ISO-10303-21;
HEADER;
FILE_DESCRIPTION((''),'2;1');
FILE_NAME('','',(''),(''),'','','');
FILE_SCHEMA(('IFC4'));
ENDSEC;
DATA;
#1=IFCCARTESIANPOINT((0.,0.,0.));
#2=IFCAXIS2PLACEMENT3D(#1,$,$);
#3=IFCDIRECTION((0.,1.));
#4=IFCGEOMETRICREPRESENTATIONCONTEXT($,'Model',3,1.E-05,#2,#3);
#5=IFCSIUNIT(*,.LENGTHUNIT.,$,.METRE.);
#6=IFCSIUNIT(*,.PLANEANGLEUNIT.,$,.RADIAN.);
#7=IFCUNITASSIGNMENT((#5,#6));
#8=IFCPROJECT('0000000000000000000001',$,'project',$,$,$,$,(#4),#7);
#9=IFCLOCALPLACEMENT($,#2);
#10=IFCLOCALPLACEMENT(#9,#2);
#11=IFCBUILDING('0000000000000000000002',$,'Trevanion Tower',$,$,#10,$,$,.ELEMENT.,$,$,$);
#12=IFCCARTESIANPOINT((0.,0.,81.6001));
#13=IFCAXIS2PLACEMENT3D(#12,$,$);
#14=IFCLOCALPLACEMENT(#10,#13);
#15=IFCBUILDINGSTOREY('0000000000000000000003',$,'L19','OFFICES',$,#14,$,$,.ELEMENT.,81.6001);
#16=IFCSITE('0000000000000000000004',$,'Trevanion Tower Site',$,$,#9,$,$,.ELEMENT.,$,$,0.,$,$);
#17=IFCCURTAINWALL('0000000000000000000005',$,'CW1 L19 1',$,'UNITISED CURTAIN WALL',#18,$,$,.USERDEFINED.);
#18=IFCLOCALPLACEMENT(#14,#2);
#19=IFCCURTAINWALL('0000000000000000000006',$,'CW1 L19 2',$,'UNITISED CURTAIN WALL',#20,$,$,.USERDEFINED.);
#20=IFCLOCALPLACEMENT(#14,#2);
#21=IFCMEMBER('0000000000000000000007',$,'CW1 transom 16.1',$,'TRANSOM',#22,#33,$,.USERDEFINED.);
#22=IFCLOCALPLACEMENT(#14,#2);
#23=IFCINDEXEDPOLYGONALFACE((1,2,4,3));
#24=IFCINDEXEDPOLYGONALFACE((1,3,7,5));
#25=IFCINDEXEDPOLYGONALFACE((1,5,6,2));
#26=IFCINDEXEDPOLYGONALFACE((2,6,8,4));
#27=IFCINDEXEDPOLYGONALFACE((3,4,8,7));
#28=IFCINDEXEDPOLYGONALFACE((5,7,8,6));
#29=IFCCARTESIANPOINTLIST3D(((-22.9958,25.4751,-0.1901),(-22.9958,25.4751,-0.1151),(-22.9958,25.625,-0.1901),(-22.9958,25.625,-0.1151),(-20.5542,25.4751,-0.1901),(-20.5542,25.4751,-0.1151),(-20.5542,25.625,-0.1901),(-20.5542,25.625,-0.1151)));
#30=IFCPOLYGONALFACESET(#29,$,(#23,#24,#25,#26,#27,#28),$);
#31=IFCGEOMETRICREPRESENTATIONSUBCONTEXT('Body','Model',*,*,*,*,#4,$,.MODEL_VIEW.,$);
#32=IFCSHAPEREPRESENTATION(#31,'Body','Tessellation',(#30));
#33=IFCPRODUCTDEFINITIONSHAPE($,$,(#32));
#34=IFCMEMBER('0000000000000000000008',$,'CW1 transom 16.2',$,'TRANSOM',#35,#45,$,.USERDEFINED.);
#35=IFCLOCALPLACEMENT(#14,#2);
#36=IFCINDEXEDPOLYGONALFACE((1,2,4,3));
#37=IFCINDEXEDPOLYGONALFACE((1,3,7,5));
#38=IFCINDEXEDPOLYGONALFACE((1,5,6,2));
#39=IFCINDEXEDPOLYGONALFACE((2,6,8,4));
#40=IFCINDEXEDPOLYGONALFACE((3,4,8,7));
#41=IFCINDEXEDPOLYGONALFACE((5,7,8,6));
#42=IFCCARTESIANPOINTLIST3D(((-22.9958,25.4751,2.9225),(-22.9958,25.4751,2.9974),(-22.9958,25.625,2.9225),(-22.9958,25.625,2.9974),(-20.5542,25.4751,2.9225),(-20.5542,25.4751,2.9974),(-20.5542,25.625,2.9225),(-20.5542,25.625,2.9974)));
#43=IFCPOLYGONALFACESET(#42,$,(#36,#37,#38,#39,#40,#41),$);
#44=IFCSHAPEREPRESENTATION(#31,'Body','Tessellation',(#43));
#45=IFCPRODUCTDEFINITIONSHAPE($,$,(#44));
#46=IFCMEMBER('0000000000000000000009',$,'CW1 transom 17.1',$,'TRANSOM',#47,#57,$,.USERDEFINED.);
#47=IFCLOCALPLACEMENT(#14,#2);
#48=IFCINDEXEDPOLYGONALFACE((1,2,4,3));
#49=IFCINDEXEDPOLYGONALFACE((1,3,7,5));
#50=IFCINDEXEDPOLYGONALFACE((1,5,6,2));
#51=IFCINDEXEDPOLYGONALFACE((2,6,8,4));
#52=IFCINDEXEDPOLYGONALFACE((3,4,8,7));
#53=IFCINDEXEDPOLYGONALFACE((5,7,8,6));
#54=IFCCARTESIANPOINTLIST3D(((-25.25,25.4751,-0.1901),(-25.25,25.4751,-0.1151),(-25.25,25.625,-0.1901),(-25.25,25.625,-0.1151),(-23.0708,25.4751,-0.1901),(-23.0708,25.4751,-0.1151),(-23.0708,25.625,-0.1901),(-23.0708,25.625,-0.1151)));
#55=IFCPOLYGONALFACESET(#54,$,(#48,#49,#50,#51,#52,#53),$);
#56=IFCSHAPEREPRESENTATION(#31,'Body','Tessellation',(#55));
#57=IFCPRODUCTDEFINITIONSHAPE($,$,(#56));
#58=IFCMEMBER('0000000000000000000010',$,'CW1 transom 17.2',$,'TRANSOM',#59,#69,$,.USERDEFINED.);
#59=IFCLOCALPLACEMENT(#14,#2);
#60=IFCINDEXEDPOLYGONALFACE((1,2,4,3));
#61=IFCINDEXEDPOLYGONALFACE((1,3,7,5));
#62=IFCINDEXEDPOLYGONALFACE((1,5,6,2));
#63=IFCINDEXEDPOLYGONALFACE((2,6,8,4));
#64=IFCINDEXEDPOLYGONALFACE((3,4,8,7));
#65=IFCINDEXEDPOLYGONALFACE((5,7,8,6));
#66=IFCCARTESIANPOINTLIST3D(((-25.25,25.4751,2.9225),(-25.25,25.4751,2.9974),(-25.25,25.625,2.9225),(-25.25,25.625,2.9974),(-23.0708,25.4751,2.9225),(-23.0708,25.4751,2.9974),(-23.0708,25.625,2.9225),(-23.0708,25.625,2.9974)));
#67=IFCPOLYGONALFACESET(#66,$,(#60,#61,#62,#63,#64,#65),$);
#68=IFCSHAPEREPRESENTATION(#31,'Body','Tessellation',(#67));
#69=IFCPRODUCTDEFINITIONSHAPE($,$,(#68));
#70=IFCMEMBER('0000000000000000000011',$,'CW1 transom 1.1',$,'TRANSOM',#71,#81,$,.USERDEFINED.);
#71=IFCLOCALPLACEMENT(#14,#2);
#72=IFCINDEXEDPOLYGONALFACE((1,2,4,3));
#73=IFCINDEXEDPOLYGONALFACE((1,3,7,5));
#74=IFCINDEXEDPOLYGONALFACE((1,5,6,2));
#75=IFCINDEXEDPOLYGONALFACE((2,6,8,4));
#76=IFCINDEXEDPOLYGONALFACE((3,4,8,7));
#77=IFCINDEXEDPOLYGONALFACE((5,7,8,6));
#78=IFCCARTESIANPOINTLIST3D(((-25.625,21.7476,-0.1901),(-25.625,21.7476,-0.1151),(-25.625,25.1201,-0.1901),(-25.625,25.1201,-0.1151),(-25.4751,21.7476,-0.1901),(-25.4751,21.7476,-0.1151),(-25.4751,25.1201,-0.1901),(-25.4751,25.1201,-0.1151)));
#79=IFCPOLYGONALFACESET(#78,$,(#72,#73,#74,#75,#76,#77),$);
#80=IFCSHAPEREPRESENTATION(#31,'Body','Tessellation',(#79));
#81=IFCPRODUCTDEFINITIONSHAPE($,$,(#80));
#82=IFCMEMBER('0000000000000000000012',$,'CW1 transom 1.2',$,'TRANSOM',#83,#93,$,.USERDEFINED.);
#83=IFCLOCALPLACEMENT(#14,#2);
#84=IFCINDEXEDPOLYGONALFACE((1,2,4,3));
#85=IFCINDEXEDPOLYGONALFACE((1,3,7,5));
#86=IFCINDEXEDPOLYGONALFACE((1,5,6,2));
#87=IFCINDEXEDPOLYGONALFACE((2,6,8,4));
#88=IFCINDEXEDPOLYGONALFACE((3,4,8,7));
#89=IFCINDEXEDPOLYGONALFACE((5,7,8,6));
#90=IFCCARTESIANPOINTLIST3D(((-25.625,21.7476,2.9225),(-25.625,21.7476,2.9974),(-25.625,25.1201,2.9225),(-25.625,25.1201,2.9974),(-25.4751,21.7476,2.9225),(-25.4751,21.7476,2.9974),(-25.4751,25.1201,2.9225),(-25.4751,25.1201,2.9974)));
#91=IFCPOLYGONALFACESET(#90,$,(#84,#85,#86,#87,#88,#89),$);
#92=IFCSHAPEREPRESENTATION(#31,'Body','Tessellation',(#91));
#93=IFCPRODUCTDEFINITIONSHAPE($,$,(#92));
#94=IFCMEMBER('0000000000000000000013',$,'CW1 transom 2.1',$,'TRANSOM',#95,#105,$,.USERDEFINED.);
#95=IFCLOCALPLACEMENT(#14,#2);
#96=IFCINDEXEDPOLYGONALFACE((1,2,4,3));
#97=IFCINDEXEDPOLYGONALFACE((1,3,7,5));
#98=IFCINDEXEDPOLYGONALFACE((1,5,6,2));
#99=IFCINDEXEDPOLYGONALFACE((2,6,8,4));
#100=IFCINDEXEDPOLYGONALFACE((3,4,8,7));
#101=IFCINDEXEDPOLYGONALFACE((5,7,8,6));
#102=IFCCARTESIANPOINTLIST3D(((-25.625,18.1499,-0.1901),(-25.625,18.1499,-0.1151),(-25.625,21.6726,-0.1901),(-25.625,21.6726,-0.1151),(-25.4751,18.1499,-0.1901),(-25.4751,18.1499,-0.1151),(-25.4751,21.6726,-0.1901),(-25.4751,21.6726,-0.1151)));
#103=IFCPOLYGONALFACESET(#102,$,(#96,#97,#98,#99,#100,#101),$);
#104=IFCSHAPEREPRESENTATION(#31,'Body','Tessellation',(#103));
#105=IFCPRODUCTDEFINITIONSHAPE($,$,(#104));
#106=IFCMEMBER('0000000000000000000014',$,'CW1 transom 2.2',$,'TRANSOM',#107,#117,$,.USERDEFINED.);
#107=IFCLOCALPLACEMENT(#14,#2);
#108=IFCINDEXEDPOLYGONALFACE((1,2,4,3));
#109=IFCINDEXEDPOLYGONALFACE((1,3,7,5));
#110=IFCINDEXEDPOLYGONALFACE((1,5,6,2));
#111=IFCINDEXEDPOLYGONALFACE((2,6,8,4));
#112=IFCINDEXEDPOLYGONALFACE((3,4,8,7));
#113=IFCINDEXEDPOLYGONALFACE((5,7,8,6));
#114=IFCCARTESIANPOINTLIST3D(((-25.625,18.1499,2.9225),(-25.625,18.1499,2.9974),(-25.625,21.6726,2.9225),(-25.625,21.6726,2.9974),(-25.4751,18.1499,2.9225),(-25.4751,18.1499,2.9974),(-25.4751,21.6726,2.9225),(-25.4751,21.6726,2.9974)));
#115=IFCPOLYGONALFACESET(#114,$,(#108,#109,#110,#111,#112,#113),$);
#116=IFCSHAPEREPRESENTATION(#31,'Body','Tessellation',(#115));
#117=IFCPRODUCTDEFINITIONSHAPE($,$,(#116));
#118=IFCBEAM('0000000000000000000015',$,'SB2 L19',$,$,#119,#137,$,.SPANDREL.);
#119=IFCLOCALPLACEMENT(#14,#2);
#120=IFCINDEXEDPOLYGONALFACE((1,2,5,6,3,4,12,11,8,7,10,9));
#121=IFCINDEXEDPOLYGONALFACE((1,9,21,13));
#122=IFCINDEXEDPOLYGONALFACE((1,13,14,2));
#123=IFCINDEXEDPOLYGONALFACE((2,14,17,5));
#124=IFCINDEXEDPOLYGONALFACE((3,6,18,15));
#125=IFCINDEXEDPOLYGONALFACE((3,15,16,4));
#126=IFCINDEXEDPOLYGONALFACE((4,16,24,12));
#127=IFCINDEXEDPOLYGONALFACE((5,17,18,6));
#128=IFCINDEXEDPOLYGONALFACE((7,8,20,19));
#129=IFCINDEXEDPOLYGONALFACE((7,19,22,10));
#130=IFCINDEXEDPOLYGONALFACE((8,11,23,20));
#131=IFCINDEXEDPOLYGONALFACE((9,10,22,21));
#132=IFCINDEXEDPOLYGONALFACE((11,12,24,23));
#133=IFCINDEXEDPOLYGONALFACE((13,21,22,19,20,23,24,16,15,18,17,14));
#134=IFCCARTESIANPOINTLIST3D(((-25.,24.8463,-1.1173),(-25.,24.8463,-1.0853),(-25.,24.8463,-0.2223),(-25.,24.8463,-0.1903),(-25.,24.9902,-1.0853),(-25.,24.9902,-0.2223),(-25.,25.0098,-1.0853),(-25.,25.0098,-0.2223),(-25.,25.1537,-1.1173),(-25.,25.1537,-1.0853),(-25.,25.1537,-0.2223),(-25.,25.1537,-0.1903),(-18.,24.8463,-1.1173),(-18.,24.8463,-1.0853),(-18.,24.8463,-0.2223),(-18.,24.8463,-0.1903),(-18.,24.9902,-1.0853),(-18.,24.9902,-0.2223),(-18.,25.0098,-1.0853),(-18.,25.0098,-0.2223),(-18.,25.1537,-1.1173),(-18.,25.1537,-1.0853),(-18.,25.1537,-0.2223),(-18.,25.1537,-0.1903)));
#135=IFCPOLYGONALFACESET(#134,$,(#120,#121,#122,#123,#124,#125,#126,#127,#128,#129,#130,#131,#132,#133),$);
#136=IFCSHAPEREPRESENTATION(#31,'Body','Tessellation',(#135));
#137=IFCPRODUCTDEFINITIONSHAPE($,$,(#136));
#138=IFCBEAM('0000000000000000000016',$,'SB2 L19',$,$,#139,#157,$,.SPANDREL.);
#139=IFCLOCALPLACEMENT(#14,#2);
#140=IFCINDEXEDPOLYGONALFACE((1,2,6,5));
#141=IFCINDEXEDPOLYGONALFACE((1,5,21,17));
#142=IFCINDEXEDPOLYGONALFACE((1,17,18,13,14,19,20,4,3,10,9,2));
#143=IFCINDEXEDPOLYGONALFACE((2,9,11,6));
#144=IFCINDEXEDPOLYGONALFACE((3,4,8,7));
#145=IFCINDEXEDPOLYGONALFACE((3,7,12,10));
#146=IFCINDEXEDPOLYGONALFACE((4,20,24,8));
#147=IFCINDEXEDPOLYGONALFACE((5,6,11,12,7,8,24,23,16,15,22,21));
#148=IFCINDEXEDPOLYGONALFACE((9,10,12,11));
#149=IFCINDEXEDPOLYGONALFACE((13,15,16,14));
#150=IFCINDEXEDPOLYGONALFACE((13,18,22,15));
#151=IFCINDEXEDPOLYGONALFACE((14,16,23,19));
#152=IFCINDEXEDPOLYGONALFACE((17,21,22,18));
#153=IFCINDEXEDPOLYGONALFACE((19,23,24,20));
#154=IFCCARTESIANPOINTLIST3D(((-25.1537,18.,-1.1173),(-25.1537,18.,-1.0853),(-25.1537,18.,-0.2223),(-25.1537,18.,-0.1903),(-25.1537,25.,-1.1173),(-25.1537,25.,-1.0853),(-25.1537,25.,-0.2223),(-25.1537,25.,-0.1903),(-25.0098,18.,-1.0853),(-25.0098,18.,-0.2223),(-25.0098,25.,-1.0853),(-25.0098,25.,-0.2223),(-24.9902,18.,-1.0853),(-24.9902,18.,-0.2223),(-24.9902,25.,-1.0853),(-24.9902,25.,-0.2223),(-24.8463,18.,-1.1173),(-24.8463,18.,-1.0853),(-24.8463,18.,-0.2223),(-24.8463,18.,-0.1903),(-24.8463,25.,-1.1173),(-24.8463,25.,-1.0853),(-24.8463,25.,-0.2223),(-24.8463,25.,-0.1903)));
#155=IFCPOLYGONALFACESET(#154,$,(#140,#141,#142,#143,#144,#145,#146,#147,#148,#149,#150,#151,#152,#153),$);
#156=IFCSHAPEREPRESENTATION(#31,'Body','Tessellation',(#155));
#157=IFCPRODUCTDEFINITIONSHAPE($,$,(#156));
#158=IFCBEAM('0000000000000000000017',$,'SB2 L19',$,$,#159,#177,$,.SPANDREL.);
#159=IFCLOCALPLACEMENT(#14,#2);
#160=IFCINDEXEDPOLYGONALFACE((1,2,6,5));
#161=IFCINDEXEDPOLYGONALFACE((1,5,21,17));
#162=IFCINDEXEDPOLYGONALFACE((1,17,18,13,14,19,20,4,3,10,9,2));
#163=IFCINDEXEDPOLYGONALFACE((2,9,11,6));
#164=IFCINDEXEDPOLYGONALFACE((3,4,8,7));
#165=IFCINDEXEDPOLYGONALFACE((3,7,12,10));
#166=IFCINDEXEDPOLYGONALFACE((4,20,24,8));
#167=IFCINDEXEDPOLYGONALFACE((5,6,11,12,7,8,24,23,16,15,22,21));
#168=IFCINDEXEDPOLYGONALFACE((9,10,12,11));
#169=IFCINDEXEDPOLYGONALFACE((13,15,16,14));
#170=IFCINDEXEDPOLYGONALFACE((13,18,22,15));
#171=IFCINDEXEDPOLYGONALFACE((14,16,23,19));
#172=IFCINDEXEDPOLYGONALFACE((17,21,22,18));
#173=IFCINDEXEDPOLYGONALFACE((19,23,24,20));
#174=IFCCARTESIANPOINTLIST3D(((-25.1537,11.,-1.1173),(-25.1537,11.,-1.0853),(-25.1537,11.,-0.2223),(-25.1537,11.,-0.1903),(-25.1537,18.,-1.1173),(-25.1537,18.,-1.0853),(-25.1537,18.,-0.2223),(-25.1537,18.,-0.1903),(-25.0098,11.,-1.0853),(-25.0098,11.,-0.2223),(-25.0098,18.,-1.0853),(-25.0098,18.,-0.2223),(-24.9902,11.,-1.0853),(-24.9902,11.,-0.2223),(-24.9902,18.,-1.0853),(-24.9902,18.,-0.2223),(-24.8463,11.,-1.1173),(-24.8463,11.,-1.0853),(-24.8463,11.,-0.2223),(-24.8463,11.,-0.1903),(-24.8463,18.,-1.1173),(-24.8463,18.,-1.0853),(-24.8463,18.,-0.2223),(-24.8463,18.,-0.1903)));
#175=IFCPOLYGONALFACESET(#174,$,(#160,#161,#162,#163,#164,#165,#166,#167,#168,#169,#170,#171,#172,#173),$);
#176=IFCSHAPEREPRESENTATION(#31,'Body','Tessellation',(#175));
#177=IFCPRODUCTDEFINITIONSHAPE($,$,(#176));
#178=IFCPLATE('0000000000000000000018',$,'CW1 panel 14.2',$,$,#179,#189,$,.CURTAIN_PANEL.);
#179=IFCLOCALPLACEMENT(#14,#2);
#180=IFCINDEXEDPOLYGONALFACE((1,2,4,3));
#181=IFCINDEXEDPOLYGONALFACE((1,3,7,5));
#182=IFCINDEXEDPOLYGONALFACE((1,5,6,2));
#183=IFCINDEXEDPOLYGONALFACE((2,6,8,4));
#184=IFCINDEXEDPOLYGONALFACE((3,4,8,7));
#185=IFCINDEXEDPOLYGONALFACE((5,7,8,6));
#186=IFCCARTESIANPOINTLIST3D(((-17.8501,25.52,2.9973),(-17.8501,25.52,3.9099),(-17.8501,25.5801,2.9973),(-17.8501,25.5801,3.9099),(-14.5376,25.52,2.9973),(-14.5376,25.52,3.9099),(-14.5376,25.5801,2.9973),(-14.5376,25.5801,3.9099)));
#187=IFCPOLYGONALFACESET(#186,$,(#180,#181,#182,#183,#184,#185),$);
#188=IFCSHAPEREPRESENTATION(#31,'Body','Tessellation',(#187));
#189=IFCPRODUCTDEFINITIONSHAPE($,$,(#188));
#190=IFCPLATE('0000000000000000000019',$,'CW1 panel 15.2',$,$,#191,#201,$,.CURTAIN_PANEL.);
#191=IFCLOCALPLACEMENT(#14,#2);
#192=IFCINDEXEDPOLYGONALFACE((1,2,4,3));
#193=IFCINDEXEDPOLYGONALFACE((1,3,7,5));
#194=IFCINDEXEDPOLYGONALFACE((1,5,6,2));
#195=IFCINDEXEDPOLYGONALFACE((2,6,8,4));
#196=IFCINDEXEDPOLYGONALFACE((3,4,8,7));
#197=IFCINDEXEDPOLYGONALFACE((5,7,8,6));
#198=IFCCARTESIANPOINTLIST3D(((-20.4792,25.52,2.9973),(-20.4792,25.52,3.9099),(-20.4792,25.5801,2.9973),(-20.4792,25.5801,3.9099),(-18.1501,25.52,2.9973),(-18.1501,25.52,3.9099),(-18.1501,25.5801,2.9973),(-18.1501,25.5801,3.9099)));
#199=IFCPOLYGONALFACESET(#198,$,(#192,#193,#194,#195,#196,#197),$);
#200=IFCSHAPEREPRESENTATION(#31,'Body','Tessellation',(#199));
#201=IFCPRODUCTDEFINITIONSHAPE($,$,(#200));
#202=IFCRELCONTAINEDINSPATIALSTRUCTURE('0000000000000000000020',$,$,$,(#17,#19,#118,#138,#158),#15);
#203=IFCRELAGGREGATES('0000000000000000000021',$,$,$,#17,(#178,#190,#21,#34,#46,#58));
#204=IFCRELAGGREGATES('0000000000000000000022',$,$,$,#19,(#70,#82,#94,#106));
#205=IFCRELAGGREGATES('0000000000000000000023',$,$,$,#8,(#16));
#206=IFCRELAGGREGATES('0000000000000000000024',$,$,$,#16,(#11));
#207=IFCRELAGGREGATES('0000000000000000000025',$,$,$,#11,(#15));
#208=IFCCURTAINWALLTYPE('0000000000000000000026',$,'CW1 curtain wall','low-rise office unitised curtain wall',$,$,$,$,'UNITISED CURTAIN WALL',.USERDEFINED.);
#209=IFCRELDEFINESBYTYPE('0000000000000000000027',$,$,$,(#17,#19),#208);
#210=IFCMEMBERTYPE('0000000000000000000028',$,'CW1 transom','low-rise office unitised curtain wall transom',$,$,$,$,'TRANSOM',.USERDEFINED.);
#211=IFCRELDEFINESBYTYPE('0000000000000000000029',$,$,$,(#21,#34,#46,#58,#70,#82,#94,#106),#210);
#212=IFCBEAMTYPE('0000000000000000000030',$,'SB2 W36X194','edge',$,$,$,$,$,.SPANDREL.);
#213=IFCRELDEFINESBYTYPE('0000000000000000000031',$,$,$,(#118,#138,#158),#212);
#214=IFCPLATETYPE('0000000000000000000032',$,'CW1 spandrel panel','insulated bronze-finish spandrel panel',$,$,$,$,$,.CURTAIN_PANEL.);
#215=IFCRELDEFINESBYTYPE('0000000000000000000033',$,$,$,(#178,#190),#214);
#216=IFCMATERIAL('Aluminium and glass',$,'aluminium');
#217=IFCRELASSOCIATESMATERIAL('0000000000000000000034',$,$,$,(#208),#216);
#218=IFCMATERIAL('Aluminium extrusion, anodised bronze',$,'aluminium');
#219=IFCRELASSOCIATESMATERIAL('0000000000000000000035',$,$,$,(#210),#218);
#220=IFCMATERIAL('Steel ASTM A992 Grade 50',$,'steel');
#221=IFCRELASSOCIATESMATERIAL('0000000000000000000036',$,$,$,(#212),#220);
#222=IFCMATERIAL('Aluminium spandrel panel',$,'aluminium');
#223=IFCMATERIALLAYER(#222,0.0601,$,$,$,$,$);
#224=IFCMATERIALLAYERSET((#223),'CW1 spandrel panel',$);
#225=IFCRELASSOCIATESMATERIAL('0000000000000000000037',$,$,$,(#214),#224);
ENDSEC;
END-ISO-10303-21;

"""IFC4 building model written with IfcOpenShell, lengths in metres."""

from ifc_helpers import new_model, si_unit, direction, frame, origin, origin_2d, place, context, subcontext, project, spatial, rectangle, i_section, extrude, material, layer, layer_set, material_profile, profile_set, type_object, element, aggregate, save


model = new_model("IFC4")

# Units and contexts
model_context = context("Model", 3, precision=1e-05, world=origin(), true_north=direction((0.0, 1.0)))
body_context = subcontext(model_context, "Body", "Model", "MODEL_VIEW")
ifc_project = project(units=[si_unit("LENGTHUNIT", "METRE"), si_unit("PLANEANGLEUNIT", "RADIAN")], contexts=[model_context])

# Site, building, storey
site_placement = place(None, origin())
site = spatial("IfcSite", under=ifc_project, at=site_placement, Name="Trevanion Tower Site", CompositionType="ELEMENT", RefElevation=0.0)
building_placement = place(site_placement, origin())
building = spatial("IfcBuilding", under=site, at=building_placement, Name="Trevanion Tower", CompositionType="ELEMENT")
storey_placement = place(building_placement, frame((0.0, 0.0, 81.6001)))
storey = spatial("IfcBuildingStorey", under=building, at=storey_placement, Name="L19", Description="OFFICES", CompositionType="ELEMENT", Elevation=81.6001)

# Curtain wall
ifc_material_1 = material(Name="Aluminium and glass", Category="aluminium")
curtain_wall_type = type_object("IfcCurtainWallType", Name="CW1 curtain wall", Description="low-rise office unitised curtain wall", ElementType="UNITISED CURTAIN WALL", PredefinedType="USERDEFINED", material=ifc_material_1)
curtain_wall_1_placement = place(storey_placement, origin())
curtain_wall_1 = element("IfcCurtainWall", 1, at=curtain_wall_1_placement, inside=storey, type_object=curtain_wall_type, Name="CW1 L19 1", ObjectType="UNITISED CURTAIN WALL", PredefinedType="USERDEFINED")

# Curtain wall
curtain_wall_2_placement = place(storey_placement, origin())
curtain_wall_2 = element("IfcCurtainWall", 2, at=curtain_wall_2_placement, inside=storey, type_object=curtain_wall_type, Name="CW1 L19 2", ObjectType="UNITISED CURTAIN WALL", PredefinedType="USERDEFINED")

# Members
ifc_material_2 = material(Name="Aluminium extrusion, anodised bronze", Category="aluminium")
ifc_material_profile_1 = material_profile(ifc_material_2, rectangle(XDim=0.1499, YDim=0.075, at=origin_2d()), Name="CW1 transom")
ifc_profile_set_1 = profile_set([ifc_material_profile_1], Name="Aluminium extrusion, anodised bronze")
member_type_1 = type_object("IfcMemberType", Name="CW1 transom", Description="low-rise office unitised curtain wall transom", ElementType="TRANSOM", PredefinedType="USERDEFINED", material=ifc_profile_set_1)
member_1_placement = place(storey_placement, frame((-20.5542, 25.55, -0.1526), z_axis=(-1.0, 0.0, 0.0), x_axis=(0.0, -1.0, 0.0)))
member_1 = element("IfcMember", 3, at=member_1_placement, type_object=member_type_1, Name="CW1 transom 16.1", ObjectType="TRANSOM", PredefinedType="USERDEFINED", context=body_context, shape_type="SweptSolid", body=[
    extrude(rectangle(XDim=0.1499, YDim=0.075, at=origin_2d()), origin(), (0.0, 0.0, 1.0), 2.4417),
])
member_2_placement = place(storey_placement, frame((-20.5542, 25.55, 2.96), z_axis=(-1.0, 0.0, 0.0), x_axis=(0.0, -1.0, 0.0)))
member_2 = element("IfcMember", 4, at=member_2_placement, type_object=member_type_1, Name="CW1 transom 16.2", ObjectType="TRANSOM", PredefinedType="USERDEFINED", context=body_context, shape_type="SweptSolid", body=[
    extrude(rectangle(XDim=0.1499, YDim=0.075, at=origin_2d()), origin(), (0.0, 0.0, 1.0), 2.4417),
])
member_3_placement = place(storey_placement, frame((-23.0708, 25.55, -0.1526), z_axis=(-1.0, 0.0, 0.0), x_axis=(0.0, -1.0, 0.0)))
member_3 = element("IfcMember", 5, at=member_3_placement, type_object=member_type_1, Name="CW1 transom 17.1", ObjectType="TRANSOM", PredefinedType="USERDEFINED", context=body_context, shape_type="SweptSolid", body=[
    extrude(rectangle(XDim=0.1499, YDim=0.075, at=origin_2d()), origin(), (0.0, 0.0, 1.0), 2.1792),
])
member_4_placement = place(storey_placement, frame((-23.0708, 25.55, 2.96), z_axis=(-1.0, 0.0, 0.0), x_axis=(0.0, -1.0, 0.0)))
member_4 = element("IfcMember", 6, at=member_4_placement, type_object=member_type_1, Name="CW1 transom 17.2", ObjectType="TRANSOM", PredefinedType="USERDEFINED", context=body_context, shape_type="SweptSolid", body=[
    extrude(rectangle(XDim=0.1499, YDim=0.075, at=origin_2d()), origin(), (0.0, 0.0, 1.0), 2.1792),
])
member_5_placement = place(storey_placement, frame((-25.55, 25.1201, -0.1526), z_axis=(0.0, -1.0, 0.0), x_axis=(1.0, 0.0, 0.0)))
member_5 = element("IfcMember", 7, at=member_5_placement, type_object=member_type_1, Name="CW1 transom 1.1", ObjectType="TRANSOM", PredefinedType="USERDEFINED", context=body_context, shape_type="SweptSolid", body=[
    extrude(rectangle(XDim=0.1499, YDim=0.075, at=origin_2d()), origin(), (0.0, 0.0, 1.0), 3.3726),
])
member_6_placement = place(storey_placement, frame((-25.55, 25.1201, 2.96), z_axis=(0.0, -1.0, 0.0), x_axis=(1.0, 0.0, 0.0)))
member_6 = element("IfcMember", 8, at=member_6_placement, type_object=member_type_1, Name="CW1 transom 1.2", ObjectType="TRANSOM", PredefinedType="USERDEFINED", context=body_context, shape_type="SweptSolid", body=[
    extrude(rectangle(XDim=0.1499, YDim=0.075, at=origin_2d()), origin(), (0.0, 0.0, 1.0), 3.3726),
])
member_7_placement = place(storey_placement, frame((-25.55, 21.6726, -0.1526), z_axis=(0.0, -1.0, 0.0), x_axis=(1.0, 0.0, 0.0)))
member_7 = element("IfcMember", 9, at=member_7_placement, type_object=member_type_1, Name="CW1 transom 2.1", ObjectType="TRANSOM", PredefinedType="USERDEFINED", context=body_context, shape_type="SweptSolid", body=[
    extrude(rectangle(XDim=0.1499, YDim=0.075, at=origin_2d()), origin(), (0.0, 0.0, 1.0), 3.5227),
])
member_8_placement = place(storey_placement, frame((-25.55, 21.6726, 2.96), z_axis=(0.0, -1.0, 0.0), x_axis=(1.0, 0.0, 0.0)))
member_8 = element("IfcMember", 10, at=member_8_placement, type_object=member_type_1, Name="CW1 transom 2.2", ObjectType="TRANSOM", PredefinedType="USERDEFINED", context=body_context, shape_type="SweptSolid", body=[
    extrude(rectangle(XDim=0.1499, YDim=0.075, at=origin_2d()), origin(), (0.0, 0.0, 1.0), 3.5227),
])

# Beams
ifc_material_3 = material(Name="Steel ASTM A992 Grade 50", Category="steel")
ifc_material_profile_2 = material_profile(ifc_material_3, i_section(OverallWidth=0.3074, OverallDepth=0.927, WebThickness=0.0195, FlangeThickness=0.032, at=origin_2d()), Name="W36X194")
ifc_profile_set_2 = profile_set([ifc_material_profile_2], Name="Steel ASTM A992 Grade 50")
beam_type = type_object("IfcBeamType", Name="SB2 W36X194", Description="edge", PredefinedType="SPANDREL", material=ifc_profile_set_2)
for number, where, z_axis, x_axis, name in (
    (11, (-18.0, 25.0, -0.6538), (-1.0, 0.0, 0.0), (0.0, -1.0, 0.0), "SB2 L19"),
    (12, (-25.0, 25.0, -0.6538), (0.0, -1.0, 0.0), (1.0, 0.0, 0.0), "SB2 L19"),
    (13, (-25.0, 18.0, -0.6538), (0.0, -1.0, 0.0), (1.0, 0.0, 0.0), "SB2 L19"),
):
    element("IfcBeam", number, at=place(storey_placement, frame(where, z_axis=z_axis, x_axis=x_axis)), inside=storey, type_object=beam_type, Name=name, PredefinedType="SPANDREL", context=body_context, shape_type="SweptSolid", body=[
        extrude(i_section(OverallWidth=0.3074, OverallDepth=0.927, WebThickness=0.0195, FlangeThickness=0.032, at=origin_2d()), origin(), (0.0, 0.0, 1.0), 7.0),
    ])

# Plates
ifc_material_4 = material(Name="Aluminium spandrel panel", Category="aluminium")
ifc_layer_1 = layer(ifc_material_4, 0.0601)
ifc_layer_set_1 = layer_set([ifc_layer_1], Name="CW1 spandrel panel")
plate_type_1 = type_object("IfcPlateType", Name="CW1 spandrel panel", Description="insulated bronze-finish spandrel panel", PredefinedType="CURTAIN_PANEL", material=ifc_layer_set_1)
plate_1_placement = place(storey_placement, frame((-16.1938, 25.55, 2.9973), z_axis=(0.0, 0.0, 1.0), x_axis=(-1.0, 0.0, 0.0)))
plate_1 = element("IfcPlate", 14, at=plate_1_placement, type_object=plate_type_1, Name="CW1 panel 14.2", PredefinedType="CURTAIN_PANEL", context=body_context, shape_type="SweptSolid", body=[
    extrude(rectangle(XDim=3.3125, YDim=0.0601, at=origin_2d()), origin(), (0.0, 0.0, 1.0), 0.9126),
])
plate_2_placement = place(storey_placement, frame((-19.3147, 25.55, 2.9973), z_axis=(0.0, 0.0, 1.0), x_axis=(-1.0, 0.0, 0.0)))
plate_2 = element("IfcPlate", 15, at=plate_2_placement, type_object=plate_type_1, Name="CW1 panel 15.2", PredefinedType="CURTAIN_PANEL", context=body_context, shape_type="SweptSolid", body=[
    extrude(rectangle(XDim=2.3291, YDim=0.0601, at=origin_2d()), origin(), (0.0, 0.0, 1.0), 0.9126),
])
aggregate(curtain_wall_1, [plate_1, plate_2, member_1, member_2, member_3, member_4])
aggregate(curtain_wall_2, [member_5, member_6, member_7, member_8])

save(model, "model.ifc")
